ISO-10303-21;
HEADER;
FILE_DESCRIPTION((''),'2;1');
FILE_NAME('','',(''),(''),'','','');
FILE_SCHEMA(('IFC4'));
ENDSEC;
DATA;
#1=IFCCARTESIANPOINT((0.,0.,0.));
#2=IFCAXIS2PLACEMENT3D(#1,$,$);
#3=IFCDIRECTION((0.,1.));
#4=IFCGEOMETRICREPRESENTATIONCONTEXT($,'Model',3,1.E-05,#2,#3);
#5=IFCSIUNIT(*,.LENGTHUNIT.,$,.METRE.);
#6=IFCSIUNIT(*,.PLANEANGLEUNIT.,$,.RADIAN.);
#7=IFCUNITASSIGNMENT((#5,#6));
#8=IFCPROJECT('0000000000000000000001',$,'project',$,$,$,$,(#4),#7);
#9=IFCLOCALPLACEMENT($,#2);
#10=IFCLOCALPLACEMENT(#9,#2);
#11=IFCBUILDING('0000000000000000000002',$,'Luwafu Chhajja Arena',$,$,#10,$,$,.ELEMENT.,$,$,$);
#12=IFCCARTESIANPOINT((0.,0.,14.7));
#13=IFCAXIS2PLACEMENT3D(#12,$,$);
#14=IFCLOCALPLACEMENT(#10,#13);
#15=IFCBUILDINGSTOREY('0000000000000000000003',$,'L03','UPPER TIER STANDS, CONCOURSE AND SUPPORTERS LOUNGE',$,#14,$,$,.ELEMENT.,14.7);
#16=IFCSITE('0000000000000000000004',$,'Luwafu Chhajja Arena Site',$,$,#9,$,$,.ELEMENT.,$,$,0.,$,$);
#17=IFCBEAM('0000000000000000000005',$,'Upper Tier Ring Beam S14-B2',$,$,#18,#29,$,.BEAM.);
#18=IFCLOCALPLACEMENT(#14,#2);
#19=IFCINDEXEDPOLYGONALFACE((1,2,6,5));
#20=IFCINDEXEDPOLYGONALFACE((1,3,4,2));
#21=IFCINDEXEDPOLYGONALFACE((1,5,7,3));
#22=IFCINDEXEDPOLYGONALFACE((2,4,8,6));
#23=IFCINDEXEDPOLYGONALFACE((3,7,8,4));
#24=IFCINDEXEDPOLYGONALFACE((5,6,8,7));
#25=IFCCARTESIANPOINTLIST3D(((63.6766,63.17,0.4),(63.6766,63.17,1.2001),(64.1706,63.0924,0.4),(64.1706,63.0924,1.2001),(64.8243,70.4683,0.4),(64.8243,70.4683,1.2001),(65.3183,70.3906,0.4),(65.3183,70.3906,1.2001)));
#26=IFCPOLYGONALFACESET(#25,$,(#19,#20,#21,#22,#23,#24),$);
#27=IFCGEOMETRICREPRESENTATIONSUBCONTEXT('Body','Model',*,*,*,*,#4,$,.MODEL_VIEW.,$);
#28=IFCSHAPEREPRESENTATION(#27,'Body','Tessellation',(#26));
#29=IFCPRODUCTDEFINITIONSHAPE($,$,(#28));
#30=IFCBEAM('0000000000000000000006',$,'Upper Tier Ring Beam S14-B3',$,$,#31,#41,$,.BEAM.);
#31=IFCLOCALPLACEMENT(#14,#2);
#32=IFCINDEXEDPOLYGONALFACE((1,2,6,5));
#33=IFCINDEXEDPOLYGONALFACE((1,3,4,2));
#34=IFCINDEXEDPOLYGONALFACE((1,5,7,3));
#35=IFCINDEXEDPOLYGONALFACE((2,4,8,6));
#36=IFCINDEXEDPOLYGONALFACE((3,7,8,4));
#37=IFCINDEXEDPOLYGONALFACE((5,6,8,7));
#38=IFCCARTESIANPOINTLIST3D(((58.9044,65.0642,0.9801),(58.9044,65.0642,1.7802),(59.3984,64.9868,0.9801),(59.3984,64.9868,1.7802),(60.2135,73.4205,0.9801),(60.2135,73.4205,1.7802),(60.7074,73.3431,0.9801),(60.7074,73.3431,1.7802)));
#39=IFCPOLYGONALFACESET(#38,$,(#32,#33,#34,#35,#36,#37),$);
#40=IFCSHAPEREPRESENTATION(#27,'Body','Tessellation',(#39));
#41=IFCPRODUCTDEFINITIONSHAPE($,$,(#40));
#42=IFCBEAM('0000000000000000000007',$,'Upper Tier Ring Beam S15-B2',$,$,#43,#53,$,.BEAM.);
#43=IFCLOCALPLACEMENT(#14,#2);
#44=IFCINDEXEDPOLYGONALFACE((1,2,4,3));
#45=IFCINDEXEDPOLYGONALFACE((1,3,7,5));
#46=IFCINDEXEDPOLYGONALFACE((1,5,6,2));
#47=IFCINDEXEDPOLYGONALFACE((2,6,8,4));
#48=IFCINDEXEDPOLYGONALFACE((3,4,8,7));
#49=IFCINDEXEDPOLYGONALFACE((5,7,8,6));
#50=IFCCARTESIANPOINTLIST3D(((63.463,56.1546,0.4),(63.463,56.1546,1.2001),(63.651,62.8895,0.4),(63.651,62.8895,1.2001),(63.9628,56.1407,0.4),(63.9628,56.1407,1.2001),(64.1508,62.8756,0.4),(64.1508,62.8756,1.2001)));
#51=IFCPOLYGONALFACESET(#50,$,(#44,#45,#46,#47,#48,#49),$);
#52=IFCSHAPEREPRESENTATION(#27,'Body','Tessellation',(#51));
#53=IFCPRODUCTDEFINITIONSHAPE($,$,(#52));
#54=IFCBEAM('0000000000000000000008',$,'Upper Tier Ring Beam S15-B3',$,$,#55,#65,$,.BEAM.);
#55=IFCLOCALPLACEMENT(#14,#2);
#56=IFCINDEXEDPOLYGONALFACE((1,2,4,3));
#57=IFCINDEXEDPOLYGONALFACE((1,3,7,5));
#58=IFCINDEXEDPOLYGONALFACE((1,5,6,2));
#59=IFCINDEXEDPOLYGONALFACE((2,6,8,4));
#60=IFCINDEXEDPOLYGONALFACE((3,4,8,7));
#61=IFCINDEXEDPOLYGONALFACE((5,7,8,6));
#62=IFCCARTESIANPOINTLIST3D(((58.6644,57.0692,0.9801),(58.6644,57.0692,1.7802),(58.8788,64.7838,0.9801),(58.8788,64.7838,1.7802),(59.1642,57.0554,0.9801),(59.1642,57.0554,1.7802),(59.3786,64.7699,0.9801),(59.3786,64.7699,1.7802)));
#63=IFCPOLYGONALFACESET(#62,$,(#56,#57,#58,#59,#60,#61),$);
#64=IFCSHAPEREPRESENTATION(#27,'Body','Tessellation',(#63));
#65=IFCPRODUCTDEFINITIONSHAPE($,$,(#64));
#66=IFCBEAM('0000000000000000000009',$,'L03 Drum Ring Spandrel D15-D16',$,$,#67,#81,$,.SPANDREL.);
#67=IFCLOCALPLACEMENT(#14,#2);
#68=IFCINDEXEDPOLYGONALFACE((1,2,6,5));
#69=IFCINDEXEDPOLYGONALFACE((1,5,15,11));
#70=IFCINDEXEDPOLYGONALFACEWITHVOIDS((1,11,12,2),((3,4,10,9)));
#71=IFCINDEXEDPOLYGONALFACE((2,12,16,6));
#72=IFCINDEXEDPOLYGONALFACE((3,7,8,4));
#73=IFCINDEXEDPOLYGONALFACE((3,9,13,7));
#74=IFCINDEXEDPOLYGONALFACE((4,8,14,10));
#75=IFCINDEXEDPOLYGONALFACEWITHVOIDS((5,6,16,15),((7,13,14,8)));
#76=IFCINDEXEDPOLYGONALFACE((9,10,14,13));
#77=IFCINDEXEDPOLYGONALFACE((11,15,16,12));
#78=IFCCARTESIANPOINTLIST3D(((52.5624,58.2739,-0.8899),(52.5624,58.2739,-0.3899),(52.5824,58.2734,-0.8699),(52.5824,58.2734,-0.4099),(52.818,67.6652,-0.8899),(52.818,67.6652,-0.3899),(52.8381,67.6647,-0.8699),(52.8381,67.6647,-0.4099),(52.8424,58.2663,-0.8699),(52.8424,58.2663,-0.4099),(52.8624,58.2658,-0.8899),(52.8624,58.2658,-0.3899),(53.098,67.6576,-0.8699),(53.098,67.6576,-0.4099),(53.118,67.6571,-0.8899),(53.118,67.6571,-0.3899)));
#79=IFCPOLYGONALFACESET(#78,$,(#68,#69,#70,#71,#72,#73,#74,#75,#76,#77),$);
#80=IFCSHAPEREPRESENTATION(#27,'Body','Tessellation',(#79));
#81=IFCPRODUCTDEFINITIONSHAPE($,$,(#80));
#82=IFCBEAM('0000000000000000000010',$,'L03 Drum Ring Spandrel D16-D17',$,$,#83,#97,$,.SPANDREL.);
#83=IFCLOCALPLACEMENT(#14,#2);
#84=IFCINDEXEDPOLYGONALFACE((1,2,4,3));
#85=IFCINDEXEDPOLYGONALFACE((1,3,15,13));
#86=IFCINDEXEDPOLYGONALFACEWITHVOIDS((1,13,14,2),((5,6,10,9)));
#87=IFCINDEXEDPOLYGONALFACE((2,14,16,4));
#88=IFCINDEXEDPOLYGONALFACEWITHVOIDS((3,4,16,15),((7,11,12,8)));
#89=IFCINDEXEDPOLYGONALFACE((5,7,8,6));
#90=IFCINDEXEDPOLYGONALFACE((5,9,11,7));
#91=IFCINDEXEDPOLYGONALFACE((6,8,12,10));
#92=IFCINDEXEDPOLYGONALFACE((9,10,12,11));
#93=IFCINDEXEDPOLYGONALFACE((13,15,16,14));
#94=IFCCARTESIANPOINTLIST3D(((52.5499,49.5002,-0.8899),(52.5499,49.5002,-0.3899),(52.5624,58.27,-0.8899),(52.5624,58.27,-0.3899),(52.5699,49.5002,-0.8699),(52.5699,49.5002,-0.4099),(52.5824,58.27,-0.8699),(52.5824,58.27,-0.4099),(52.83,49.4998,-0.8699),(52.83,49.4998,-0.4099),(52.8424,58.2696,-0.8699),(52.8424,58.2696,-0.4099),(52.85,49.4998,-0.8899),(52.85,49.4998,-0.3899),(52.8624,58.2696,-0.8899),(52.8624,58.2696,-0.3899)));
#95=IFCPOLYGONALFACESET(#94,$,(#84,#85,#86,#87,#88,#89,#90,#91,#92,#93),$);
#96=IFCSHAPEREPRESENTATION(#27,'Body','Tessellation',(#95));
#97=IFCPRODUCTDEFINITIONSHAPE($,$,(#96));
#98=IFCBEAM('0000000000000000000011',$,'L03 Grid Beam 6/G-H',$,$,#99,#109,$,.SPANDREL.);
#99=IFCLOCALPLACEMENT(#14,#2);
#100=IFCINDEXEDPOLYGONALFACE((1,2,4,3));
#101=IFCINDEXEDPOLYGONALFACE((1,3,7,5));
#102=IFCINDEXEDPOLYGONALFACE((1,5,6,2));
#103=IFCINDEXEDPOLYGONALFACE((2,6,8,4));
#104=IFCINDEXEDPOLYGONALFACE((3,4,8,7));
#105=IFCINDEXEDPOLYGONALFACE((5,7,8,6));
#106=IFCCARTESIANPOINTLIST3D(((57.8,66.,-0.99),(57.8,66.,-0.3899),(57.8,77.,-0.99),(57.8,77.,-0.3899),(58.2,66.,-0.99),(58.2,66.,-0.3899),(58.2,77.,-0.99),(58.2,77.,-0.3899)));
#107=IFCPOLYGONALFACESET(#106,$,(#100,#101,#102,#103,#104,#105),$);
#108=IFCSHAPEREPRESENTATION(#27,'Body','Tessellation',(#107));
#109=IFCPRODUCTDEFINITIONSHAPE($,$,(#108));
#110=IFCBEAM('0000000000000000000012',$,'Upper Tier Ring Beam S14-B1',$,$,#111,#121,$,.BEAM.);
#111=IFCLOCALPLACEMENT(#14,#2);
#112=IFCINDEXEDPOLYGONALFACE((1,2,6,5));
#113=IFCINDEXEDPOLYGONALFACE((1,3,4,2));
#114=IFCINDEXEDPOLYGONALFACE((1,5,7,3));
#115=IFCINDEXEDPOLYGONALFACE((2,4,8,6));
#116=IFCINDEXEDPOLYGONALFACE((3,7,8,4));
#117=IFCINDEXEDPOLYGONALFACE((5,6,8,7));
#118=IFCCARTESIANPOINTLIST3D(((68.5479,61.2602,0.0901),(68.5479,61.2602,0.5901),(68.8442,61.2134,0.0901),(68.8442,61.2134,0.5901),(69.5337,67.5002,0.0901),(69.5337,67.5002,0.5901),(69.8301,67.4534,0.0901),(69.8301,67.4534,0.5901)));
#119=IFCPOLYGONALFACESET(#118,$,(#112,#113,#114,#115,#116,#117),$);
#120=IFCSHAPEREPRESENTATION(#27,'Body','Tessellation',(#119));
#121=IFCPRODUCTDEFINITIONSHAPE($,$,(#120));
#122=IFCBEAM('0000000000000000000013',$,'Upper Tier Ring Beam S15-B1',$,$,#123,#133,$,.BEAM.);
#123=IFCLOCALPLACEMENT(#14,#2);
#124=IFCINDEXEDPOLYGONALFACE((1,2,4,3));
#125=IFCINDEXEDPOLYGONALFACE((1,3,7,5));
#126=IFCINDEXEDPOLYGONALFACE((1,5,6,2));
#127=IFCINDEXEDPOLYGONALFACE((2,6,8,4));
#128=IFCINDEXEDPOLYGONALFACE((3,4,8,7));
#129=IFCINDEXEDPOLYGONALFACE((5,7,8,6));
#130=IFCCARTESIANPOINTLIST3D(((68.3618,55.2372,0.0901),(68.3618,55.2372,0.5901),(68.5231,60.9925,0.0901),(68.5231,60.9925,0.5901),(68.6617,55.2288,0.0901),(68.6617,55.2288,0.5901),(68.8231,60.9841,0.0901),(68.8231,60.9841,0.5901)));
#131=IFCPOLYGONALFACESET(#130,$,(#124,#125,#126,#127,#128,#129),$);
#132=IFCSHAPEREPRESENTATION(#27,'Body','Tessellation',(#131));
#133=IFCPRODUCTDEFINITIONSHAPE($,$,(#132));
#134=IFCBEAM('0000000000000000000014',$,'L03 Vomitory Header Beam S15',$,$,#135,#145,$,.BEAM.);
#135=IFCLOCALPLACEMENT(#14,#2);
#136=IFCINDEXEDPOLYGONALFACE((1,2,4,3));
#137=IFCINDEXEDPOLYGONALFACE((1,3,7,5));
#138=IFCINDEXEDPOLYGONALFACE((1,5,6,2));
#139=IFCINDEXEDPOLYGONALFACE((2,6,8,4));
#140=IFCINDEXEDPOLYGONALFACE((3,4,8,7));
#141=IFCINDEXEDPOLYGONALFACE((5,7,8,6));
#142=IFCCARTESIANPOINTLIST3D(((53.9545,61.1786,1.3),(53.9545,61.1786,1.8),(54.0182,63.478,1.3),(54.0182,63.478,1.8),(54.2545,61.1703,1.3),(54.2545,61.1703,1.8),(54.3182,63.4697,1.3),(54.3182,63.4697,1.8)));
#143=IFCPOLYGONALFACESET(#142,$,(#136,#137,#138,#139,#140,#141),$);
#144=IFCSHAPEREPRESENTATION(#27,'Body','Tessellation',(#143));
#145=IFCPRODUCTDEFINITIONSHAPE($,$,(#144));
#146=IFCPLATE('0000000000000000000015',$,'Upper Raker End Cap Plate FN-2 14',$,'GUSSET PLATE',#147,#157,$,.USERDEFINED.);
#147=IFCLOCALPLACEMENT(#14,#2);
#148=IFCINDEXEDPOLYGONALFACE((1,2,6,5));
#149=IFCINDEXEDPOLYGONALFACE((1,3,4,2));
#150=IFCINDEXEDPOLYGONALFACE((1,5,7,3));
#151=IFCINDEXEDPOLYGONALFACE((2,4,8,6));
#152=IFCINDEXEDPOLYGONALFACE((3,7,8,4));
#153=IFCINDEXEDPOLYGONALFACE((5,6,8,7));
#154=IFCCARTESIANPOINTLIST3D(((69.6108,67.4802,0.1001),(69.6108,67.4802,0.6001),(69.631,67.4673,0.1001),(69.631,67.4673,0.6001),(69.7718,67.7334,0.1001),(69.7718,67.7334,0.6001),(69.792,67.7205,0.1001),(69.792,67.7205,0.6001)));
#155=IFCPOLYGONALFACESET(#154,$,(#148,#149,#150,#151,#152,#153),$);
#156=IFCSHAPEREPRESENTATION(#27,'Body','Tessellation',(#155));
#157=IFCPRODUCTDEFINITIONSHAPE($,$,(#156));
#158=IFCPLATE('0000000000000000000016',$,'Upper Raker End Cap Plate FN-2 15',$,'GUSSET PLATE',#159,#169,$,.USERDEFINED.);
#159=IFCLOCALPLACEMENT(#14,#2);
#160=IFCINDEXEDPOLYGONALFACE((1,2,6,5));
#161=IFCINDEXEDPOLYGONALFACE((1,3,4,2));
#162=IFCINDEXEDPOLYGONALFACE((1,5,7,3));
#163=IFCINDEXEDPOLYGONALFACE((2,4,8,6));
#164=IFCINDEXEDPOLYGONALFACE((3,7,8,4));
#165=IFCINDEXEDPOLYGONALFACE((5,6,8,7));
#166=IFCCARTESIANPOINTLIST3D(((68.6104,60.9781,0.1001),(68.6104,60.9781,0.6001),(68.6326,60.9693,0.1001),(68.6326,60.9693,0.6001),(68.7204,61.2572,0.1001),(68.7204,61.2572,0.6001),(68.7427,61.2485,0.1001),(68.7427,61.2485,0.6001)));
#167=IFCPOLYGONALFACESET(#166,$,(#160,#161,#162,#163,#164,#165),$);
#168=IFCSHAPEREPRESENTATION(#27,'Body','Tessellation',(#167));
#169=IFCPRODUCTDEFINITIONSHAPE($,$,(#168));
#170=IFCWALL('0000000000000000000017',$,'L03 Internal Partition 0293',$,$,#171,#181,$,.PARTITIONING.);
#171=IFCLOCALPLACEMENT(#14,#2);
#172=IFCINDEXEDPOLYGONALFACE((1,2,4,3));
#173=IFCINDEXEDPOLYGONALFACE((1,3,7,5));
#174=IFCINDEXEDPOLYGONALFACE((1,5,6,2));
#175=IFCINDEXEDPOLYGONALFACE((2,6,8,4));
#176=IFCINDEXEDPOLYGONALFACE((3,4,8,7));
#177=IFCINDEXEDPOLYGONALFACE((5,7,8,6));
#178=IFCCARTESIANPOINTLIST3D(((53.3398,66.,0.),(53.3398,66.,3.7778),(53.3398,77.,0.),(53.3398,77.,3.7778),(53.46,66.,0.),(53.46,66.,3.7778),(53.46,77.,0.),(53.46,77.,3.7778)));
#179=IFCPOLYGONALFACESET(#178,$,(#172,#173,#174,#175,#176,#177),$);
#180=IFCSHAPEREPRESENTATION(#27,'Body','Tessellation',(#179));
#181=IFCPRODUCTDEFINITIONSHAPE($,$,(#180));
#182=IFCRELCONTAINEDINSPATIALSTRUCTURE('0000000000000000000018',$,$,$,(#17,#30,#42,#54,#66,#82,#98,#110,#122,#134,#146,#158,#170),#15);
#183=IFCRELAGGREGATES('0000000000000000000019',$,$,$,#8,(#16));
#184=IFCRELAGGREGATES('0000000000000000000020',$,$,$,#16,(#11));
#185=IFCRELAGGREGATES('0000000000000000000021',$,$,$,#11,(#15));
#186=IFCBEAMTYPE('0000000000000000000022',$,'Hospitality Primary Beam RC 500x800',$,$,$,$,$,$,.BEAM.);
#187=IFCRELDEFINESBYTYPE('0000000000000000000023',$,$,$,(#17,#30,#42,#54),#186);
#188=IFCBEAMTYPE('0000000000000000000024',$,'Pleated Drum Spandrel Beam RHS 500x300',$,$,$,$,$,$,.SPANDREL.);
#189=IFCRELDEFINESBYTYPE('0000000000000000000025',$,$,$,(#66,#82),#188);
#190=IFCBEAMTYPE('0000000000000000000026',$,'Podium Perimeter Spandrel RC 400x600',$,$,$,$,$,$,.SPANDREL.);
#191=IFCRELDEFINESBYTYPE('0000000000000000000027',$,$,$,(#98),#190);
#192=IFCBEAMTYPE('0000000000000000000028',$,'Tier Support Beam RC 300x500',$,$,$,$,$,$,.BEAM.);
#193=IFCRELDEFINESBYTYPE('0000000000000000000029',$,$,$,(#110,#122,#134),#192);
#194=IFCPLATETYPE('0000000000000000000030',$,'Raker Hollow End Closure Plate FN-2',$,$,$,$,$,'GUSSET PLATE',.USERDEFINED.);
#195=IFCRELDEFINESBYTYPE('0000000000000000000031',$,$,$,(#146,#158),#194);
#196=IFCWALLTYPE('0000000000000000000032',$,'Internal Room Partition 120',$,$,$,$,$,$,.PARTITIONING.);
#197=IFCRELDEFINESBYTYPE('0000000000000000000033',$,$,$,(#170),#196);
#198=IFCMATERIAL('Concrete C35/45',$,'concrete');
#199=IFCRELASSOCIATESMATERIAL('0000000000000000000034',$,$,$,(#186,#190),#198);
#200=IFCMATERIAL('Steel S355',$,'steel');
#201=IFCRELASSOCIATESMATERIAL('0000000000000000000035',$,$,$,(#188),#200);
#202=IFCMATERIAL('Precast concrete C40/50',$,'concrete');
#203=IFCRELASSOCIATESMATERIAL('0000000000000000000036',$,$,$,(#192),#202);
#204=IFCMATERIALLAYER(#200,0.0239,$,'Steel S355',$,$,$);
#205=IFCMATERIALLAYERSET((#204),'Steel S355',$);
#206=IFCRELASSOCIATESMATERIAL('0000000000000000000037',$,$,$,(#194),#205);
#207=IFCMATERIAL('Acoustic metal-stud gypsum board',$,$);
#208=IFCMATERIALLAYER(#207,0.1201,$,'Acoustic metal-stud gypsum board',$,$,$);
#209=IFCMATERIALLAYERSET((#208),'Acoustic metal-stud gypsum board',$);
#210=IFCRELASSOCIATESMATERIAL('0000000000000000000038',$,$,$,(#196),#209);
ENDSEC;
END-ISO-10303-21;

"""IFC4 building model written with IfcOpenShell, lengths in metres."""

from ifc_helpers import new_model, si_unit, direction, frame, frame_2d, origin, origin_2d, place, context, subcontext, project, spatial, rectangle, hollow_rectangle, extrude, material, layer, layer_set, material_profile, profile_set, type_object, element, save


model = new_model("IFC4")

# Units and contexts
model_context = context("Model", 3, precision=1e-05, world=origin(), true_north=direction((0.0, 1.0)))
body_context = subcontext(model_context, "Body", "Model", "MODEL_VIEW")
ifc_project = project(units=[si_unit("LENGTHUNIT", "METRE"), si_unit("PLANEANGLEUNIT", "RADIAN")], contexts=[model_context])

# Site, building, storey
site_placement = place(None, origin())
site = spatial("IfcSite", under=ifc_project, at=site_placement, Name="Luwafu Chhajja Arena Site", CompositionType="ELEMENT", RefElevation=0.0)
building_placement = place(site_placement, origin())
building = spatial("IfcBuilding", under=site, at=building_placement, Name="Luwafu Chhajja Arena", CompositionType="ELEMENT")
storey_placement = place(building_placement, frame((0.0, 0.0, 14.7)))
storey = spatial("IfcBuildingStorey", under=building, at=storey_placement, Name="L03", Description="UPPER TIER STANDS, CONCOURSE AND SUPPORTERS LOUNGE", CompositionType="ELEMENT", Elevation=14.7)

# Shared definitions
ifc_material_1 = material(Name="Concrete C35/45", Category="concrete")
ifc_material_2 = material(Name="Steel S355", Category="steel")

# Beams
ifc_material_profile_1 = material_profile(ifc_material_1, rectangle(XDim=0.5, YDim=0.8, at=origin_2d()), Name="RC 500x800")
ifc_profile_set_1 = profile_set([ifc_material_profile_1], Name="Concrete C35/45")
beam_type_1 = type_object("IfcBeamType", Name="Hospitality Primary Beam RC 500x800", PredefinedType="BEAM", material=ifc_profile_set_1)
beam_1_placement = place(storey_placement, frame((65.0713, 70.4294, 0.8), z_axis=(-0.155347, -0.98786, 0.0), x_axis=(0.98786, -0.155347, 0.0)))
element("IfcBeam", 1, at=beam_1_placement, inside=storey, type_object=beam_type_1, Name="Upper Tier Ring Beam S14-B2", PredefinedType="BEAM", context=body_context, shape_type="SweptSolid", body=[
    extrude(rectangle(XDim=0.5, YDim=0.8, at=origin_2d()), origin(), (0.0, 0.0, 1.0), 7.3879),
])
beam_2_placement = place(storey_placement, frame((60.4604, 73.3818, 1.3801), z_axis=(-0.154768, -0.987951, 0.0), x_axis=(0.987951, -0.154768, 0.0)))
element("IfcBeam", 2, at=beam_2_placement, inside=storey, type_object=beam_type_1, Name="Upper Tier Ring Beam S14-B3", PredefinedType="BEAM", context=body_context, shape_type="SweptSolid", body=[
    extrude(rectangle(XDim=0.5, YDim=0.8, at=origin_2d()), origin(), (0.0, 0.0, 1.0), 8.4583),
])
beam_3_placement = place(storey_placement, frame((63.9009, 62.8826, 0.8), z_axis=(-0.027902, -0.999611, 0.0), x_axis=(0.999611, -0.027902, 0.0)))
element("IfcBeam", 3, at=beam_3_placement, inside=storey, type_object=beam_type_1, Name="Upper Tier Ring Beam S15-B2", PredefinedType="BEAM", context=body_context, shape_type="SweptSolid", body=[
    extrude(rectangle(XDim=0.5, YDim=0.8, at=origin_2d()), origin(), (0.0, 0.0, 1.0), 6.7375),
])
beam_4_placement = place(storey_placement, frame((59.1287, 64.7769, 1.3801), z_axis=(-0.027775, -0.999614, 0.0), x_axis=(0.999614, -0.027775, 0.0)))
element("IfcBeam", 4, at=beam_4_placement, inside=storey, type_object=beam_type_1, Name="Upper Tier Ring Beam S15-B3", PredefinedType="BEAM", context=body_context, shape_type="SweptSolid", body=[
    extrude(rectangle(XDim=0.5, YDim=0.8, at=origin_2d()), origin(), (0.0, 0.0, 1.0), 7.7175),
])
ifc_material_profile_2 = material_profile(ifc_material_2, hollow_rectangle(XDim=0.3, YDim=0.5, WallThickness=0.02, at=origin_2d()), Name="RHS 500x300x20")
ifc_profile_set_2 = profile_set([ifc_material_profile_2], Name="Steel S355")
beam_type_2 = type_object("IfcBeamType", Name="Pleated Drum Spandrel Beam RHS 500x300", PredefinedType="SPANDREL", material=ifc_profile_set_2)
beam_5_placement = place(storey_placement, frame((52.968, 67.6611, -0.6399), z_axis=(-0.027208, -0.99963, 0.0), x_axis=(0.99963, -0.027208, 0.0)))
element("IfcBeam", 5, at=beam_5_placement, inside=storey, type_object=beam_type_2, Name="L03 Drum Ring Spandrel D15-D16", PredefinedType="SPANDREL", context=body_context, shape_type="SweptSolid", body=[
    extrude(hollow_rectangle(XDim=0.3, YDim=0.5, WallThickness=0.02, at=origin_2d()), origin(), (0.0, 0.0, 1.0), 9.3948),
])
beam_6_placement = place(storey_placement, frame((52.7124, 58.2698, -0.6399), z_axis=(-0.00142, -0.999999, 0.0), x_axis=(0.999999, -0.00142, 0.0)))
element("IfcBeam", 6, at=beam_6_placement, inside=storey, type_object=beam_type_2, Name="L03 Drum Ring Spandrel D16-D17", PredefinedType="SPANDREL", context=body_context, shape_type="SweptSolid", body=[
    extrude(hollow_rectangle(XDim=0.3, YDim=0.5, WallThickness=0.02, at=origin_2d()), origin(), (0.0, 0.0, 1.0), 8.7698),
])
ifc_material_profile_3 = material_profile(ifc_material_1, rectangle(XDim=0.3999, YDim=0.6001, at=origin_2d()), Name="RC 400x600")
ifc_profile_set_3 = profile_set([ifc_material_profile_3], Name="Concrete C35/45")
beam_type_3 = type_object("IfcBeamType", Name="Podium Perimeter Spandrel RC 400x600", PredefinedType="SPANDREL", material=ifc_profile_set_3)
beam_7_placement = place(storey_placement, frame((58.0, 66.0, -0.6899), z_axis=(0.0, 1.0, 0.0), x_axis=(-1.0, 0.0, 0.0)))
element("IfcBeam", 7, at=beam_7_placement, inside=storey, type_object=beam_type_3, Name="L03 Grid Beam 6/G-H", PredefinedType="SPANDREL", context=body_context, shape_type="SweptSolid", body=[
    extrude(rectangle(XDim=0.3999, YDim=0.6001, at=origin_2d()), origin(), (0.0, 0.0, 1.0), 11.0),
])
ifc_material_3 = material(Name="Precast concrete C40/50", Category="concrete")
ifc_material_profile_4 = material_profile(ifc_material_3, rectangle(XDim=0.3, YDim=0.5, at=origin_2d()), Name="RC 300x500")
ifc_profile_set_4 = profile_set([ifc_material_profile_4], Name="Precast concrete C40/50")
beam_type_4 = type_object("IfcBeamType", Name="Tier Support Beam RC 300x500", PredefinedType="BEAM", material=ifc_profile_set_4)
beam_8_placement = place(storey_placement, frame((69.6819, 67.4768, 0.3401), z_axis=(-0.156052, -0.987749, 0.0), x_axis=(0.987749, -0.156052, 0.0)))
element("IfcBeam", 8, at=beam_8_placement, inside=storey, type_object=beam_type_4, Name="Upper Tier Ring Beam S14-B1", PredefinedType="BEAM", context=body_context, shape_type="SweptSolid", body=[
    extrude(rectangle(XDim=0.3, YDim=0.5, at=origin_2d()), origin(), (0.0, 0.0, 1.0), 6.3174),
])
beam_9_placement = place(storey_placement, frame((68.6731, 60.9883, 0.3401), z_axis=(-0.028028, -0.999607, 0.0), x_axis=(0.999607, -0.028028, 0.0)))
element("IfcBeam", 9, at=beam_9_placement, inside=storey, type_object=beam_type_4, Name="Upper Tier Ring Beam S15-B1", PredefinedType="BEAM", context=body_context, shape_type="SweptSolid", body=[
    extrude(rectangle(XDim=0.3, YDim=0.5, at=origin_2d()), origin(), (0.0, 0.0, 1.0), 5.7576),
])
beam_10_placement = place(storey_placement, frame((54.1682, 63.4739, 1.55), z_axis=(-0.027702, -0.999616, 0.0), x_axis=(0.999616, -0.027702, 0.0)))
element("IfcBeam", 10, at=beam_10_placement, inside=storey, type_object=beam_type_4, Name="L03 Vomitory Header Beam S15", PredefinedType="BEAM", context=body_context, shape_type="SweptSolid", body=[
    extrude(rectangle(XDim=0.3, YDim=0.5, at=origin_2d()), origin(), (0.0, 0.0, 1.0), 2.3003),
])

# Plates
ifc_layer_1 = layer(ifc_material_2, 0.0239, Name="Steel S355")
ifc_layer_set_1 = layer_set([ifc_layer_1], Name="Steel S355")
plate_type = type_object("IfcPlateType", Name="Raker Hollow End Closure Plate FN-2", ElementType="GUSSET PLATE", PredefinedType="USERDEFINED", material=ifc_layer_set_1)
for number, where, z_axis, x_axis, name in (
    (11, (69.7014, 67.6003, 0.1001), (0.0, 0.0, 1.0), (-0.843828, 0.536613, 0.0), "Upper Raker End Cap Plate FN-2 14"),
    (12, (68.6765, 61.1133, 0.1001), (0.0, 0.0, 1.0), (-0.930319, 0.366752, 0.0), "Upper Raker End Cap Plate FN-2 15"),
):
    element("IfcPlate", number, at=place(storey_placement, frame(where, z_axis=z_axis, x_axis=x_axis)), inside=storey, type_object=plate_type, Name=name, ObjectType="GUSSET PLATE", PredefinedType="USERDEFINED", context=body_context, shape_type="SweptSolid", body=[
        extrude(rectangle(XDim=0.0239, YDim=0.3, at=origin_2d()), origin(), (0.0, 0.0, 1.0), 0.5),
    ])

# Wall
ifc_material_4 = material(Name="Acoustic metal-stud gypsum board")
ifc_layer_2 = layer(ifc_material_4, 0.1201, Name="Acoustic metal-stud gypsum board")
ifc_layer_set_2 = layer_set([ifc_layer_2], Name="Acoustic metal-stud gypsum board")
wall_type = type_object("IfcWallType", Name="Internal Room Partition 120", PredefinedType="PARTITIONING", material=ifc_layer_set_2)
wall_placement = place(storey_placement, frame((53.3999, 66.0, 0.0), z_axis=(0.0, 0.0, 1.0), x_axis=(0.0, 1.0, 0.0)))
element("IfcWall", 13, at=wall_placement, inside=storey, type_object=wall_type, Name="L03 Internal Partition 0293", PredefinedType="PARTITIONING", context=body_context, shape_type="SweptSolid", body=[
    extrude(rectangle(XDim=11.0, YDim=0.1201, at=frame_2d((5.5, 0.0))), origin(), (0.0, 0.0, 1.0), 3.7778),
])

save(model, "model.ifc")
